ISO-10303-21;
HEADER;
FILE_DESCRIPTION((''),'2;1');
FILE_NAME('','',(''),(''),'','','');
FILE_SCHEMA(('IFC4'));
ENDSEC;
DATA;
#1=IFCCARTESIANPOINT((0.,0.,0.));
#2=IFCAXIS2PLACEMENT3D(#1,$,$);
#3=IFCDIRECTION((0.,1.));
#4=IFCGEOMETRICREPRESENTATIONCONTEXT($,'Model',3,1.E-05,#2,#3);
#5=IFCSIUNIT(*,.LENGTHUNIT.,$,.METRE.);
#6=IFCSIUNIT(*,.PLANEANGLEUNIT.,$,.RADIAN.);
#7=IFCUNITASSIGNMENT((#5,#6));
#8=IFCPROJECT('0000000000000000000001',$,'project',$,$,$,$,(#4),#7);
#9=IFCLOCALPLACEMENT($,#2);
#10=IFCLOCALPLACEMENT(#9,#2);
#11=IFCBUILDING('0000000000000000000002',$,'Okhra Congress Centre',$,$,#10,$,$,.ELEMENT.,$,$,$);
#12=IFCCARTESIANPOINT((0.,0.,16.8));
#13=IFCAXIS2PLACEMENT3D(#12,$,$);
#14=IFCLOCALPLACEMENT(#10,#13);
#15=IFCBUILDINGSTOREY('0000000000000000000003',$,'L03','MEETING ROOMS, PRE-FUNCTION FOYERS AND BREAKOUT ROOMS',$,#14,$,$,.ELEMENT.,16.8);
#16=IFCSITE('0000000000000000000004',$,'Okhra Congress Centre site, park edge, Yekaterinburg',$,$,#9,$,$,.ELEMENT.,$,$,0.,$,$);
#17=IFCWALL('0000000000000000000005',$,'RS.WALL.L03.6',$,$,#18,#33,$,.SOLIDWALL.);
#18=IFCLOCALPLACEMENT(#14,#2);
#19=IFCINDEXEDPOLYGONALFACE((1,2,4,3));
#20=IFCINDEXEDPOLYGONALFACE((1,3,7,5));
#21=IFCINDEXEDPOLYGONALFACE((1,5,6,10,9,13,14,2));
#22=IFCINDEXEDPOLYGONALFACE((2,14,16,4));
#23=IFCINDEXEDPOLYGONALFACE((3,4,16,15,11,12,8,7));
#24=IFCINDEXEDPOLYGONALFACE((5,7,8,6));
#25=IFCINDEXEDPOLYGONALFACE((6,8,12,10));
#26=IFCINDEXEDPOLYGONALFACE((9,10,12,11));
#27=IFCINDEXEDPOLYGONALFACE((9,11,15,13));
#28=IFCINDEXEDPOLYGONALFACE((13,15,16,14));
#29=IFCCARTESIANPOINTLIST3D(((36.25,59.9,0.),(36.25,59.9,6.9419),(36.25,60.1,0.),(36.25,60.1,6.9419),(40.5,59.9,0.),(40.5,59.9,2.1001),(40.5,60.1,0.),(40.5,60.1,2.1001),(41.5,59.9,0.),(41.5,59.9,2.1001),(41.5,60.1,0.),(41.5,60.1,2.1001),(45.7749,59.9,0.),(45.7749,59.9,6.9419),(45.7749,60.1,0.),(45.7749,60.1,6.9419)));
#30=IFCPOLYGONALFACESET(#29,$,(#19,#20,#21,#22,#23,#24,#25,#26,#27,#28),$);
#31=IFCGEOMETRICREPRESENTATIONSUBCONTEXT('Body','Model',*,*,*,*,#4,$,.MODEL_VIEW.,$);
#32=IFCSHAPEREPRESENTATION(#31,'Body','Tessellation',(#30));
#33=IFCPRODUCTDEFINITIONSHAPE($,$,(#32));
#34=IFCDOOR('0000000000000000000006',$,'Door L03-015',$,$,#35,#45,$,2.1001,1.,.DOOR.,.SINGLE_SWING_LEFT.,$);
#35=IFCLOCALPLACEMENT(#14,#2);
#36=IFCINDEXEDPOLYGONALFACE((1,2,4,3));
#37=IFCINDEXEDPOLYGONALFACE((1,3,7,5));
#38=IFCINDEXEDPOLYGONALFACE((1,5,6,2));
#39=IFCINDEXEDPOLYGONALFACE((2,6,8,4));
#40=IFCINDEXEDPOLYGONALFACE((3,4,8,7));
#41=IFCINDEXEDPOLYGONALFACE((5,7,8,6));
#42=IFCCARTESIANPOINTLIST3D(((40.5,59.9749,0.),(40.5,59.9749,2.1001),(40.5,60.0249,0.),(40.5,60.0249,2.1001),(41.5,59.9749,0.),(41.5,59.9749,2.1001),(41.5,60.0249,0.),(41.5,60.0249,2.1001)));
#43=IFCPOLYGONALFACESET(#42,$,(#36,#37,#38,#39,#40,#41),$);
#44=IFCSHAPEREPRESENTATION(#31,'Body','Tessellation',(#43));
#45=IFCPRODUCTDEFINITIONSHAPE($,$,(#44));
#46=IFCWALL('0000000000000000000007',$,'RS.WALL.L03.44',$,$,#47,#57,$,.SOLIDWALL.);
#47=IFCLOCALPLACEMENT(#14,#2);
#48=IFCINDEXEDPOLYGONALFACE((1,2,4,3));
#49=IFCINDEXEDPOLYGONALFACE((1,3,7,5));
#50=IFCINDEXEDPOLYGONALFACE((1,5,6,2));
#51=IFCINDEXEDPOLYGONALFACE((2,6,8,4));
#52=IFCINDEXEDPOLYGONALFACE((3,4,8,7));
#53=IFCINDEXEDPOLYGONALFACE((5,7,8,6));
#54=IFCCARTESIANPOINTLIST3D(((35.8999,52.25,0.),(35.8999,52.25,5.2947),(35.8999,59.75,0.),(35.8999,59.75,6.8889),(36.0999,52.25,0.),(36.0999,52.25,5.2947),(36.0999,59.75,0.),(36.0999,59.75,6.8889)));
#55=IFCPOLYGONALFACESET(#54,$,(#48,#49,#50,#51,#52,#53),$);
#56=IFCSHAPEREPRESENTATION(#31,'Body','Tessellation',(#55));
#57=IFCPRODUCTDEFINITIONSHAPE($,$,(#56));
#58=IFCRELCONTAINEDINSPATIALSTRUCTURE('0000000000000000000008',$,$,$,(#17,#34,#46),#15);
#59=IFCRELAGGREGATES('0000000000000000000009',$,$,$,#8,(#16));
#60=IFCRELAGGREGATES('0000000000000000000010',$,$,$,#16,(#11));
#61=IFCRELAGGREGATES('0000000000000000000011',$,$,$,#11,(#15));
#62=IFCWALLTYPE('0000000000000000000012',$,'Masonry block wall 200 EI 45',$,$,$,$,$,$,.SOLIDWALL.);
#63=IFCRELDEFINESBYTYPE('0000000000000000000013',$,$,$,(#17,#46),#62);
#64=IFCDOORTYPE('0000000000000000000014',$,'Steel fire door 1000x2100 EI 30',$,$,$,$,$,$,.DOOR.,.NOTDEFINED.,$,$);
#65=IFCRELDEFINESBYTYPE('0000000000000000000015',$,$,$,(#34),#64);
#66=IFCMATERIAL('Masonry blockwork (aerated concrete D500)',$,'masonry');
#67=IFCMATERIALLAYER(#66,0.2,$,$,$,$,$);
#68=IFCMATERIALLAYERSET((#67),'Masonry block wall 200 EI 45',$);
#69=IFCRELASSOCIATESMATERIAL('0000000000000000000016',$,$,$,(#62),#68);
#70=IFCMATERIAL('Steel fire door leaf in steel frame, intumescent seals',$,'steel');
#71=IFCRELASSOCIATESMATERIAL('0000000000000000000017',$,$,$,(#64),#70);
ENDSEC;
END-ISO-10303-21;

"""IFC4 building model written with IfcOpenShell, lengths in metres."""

from ifc_helpers import new_model, si_unit, direction, frame, frame_2d, origin, place, context, subcontext, project, spatial, polyline, rectangle, outline, extrude, material, layer, layer_set, type_object, element, fill, save


model = new_model("IFC4")

# Units and contexts
model_context = context("Model", 3, precision=1e-05, world=origin(), true_north=direction((0.0, 1.0)))
body_context = subcontext(model_context, "Body", "Model", "MODEL_VIEW")
ifc_project = project(units=[si_unit("LENGTHUNIT", "METRE"), si_unit("PLANEANGLEUNIT", "RADIAN")], contexts=[model_context])

# Site, building, storey
site_placement = place(None, origin())
site = spatial("IfcSite", under=ifc_project, at=site_placement, Name="Okhra Congress Centre site, park edge, Yekaterinburg", CompositionType="ELEMENT", RefElevation=0.0)
building_placement = place(site_placement, origin())
building = spatial("IfcBuilding", under=site, at=building_placement, Name="Okhra Congress Centre", CompositionType="ELEMENT")
storey_placement = place(building_placement, frame((0.0, 0.0, 16.8)))
storey = spatial("IfcBuildingStorey", under=building, at=storey_placement, Name="L03", Description="MEETING ROOMS, PRE-FUNCTION FOYERS AND BREAKOUT ROOMS", CompositionType="ELEMENT", Elevation=16.8)

# Wall, opening, door
ifc_material_1 = material(Name="Masonry blockwork (aerated concrete D500)", Category="masonry")
ifc_layer_1 = layer(ifc_material_1, 0.2)
ifc_layer_set_1 = layer_set([ifc_layer_1], Name="Masonry block wall 200 EI 45")
wall_type_1 = type_object("IfcWallType", Name="Masonry block wall 200 EI 45", PredefinedType="SOLIDWALL", material=ifc_layer_set_1)
wall_1_placement = place(storey_placement, frame((36.25, 60.0, 0.0), z_axis=(0.0, 0.0, 1.0), x_axis=(1.0, 0.0, 0.0)))
wall_1 = element("IfcWall", 1, at=wall_1_placement, inside=storey, type_object=wall_type_1, Name="RS.WALL.L03.6", PredefinedType="SOLIDWALL", context=body_context, shape_type="SweptSolid", body=[
    extrude(rectangle(XDim=9.5249, YDim=0.2, at=frame_2d((4.7625, 0.0))), origin(), (0.0, 0.0, 1.0), 6.9419),
])
opening_1_placement = place(wall_1_placement, frame((4.25, 0.0, 0.0)))
opening_1 = element("IfcOpeningElement", 2, at=opening_1_placement, cuts=wall_1, PredefinedType="OPENING", context=body_context, shape_type="SweptSolid", body=[
    extrude(rectangle(XDim=1.0, YDim=2.1001, at=frame_2d((0.5, 1.05))), frame((0.0, 0.1099, 0.0), z_axis=(0.0, -1.0, 0.0), x_axis=(1.0, 0.0, 0.0)), (0.0, 0.0, 1.0), 0.22),
])
ifc_material_2 = material(Name="Steel fire door leaf in steel frame, intumescent seals", Category="steel")
door_type = type_object("IfcDoorType", Name="Steel fire door 1000x2100 EI 30", OperationType="NOTDEFINED", PredefinedType="DOOR", material=ifc_material_2)
door_placement = place(opening_1_placement, origin())
door = element("IfcDoor", 3, at=door_placement, inside=storey, type_object=door_type, Name="Door L03-015", OperationType="SINGLE_SWING_LEFT", OverallHeight=2.1001, OverallWidth=1.0, PredefinedType="DOOR", context=body_context, shape_type="SweptSolid", body=[
    extrude(rectangle(XDim=1.0, YDim=2.1001, at=frame_2d((0.5, 1.05))), frame((0.0, 0.0249, 0.0), z_axis=(0.0, -1.0, 0.0), x_axis=(1.0, 0.0, 0.0)), (0.0, 0.0, 1.0), 0.05),
])
fill(opening_1, door)

# Wall
wall_2_placement = place(storey_placement, frame((36.0, 52.25, 0.0), z_axis=(0.0, 0.0, 1.0), x_axis=(0.0, 1.0, 0.0)))
element("IfcWall", 4, at=wall_2_placement, inside=storey, type_object=wall_type_1, Name="RS.WALL.L03.44", PredefinedType="SOLIDWALL", context=body_context, shape_type="SweptSolid", body=[
    extrude(outline(polyline([(0.0, 0.0), (7.5, 0.0), (7.5, 6.8889), (0.0, 5.2947), (0.0, 0.0)])), frame((0.0, 0.1001, 0.0), z_axis=(0.0, -1.0, 0.0), x_axis=(1.0, 0.0, 0.0)), (0.0, 0.0, 1.0), 0.2),
])

save(model, "model.ifc")
